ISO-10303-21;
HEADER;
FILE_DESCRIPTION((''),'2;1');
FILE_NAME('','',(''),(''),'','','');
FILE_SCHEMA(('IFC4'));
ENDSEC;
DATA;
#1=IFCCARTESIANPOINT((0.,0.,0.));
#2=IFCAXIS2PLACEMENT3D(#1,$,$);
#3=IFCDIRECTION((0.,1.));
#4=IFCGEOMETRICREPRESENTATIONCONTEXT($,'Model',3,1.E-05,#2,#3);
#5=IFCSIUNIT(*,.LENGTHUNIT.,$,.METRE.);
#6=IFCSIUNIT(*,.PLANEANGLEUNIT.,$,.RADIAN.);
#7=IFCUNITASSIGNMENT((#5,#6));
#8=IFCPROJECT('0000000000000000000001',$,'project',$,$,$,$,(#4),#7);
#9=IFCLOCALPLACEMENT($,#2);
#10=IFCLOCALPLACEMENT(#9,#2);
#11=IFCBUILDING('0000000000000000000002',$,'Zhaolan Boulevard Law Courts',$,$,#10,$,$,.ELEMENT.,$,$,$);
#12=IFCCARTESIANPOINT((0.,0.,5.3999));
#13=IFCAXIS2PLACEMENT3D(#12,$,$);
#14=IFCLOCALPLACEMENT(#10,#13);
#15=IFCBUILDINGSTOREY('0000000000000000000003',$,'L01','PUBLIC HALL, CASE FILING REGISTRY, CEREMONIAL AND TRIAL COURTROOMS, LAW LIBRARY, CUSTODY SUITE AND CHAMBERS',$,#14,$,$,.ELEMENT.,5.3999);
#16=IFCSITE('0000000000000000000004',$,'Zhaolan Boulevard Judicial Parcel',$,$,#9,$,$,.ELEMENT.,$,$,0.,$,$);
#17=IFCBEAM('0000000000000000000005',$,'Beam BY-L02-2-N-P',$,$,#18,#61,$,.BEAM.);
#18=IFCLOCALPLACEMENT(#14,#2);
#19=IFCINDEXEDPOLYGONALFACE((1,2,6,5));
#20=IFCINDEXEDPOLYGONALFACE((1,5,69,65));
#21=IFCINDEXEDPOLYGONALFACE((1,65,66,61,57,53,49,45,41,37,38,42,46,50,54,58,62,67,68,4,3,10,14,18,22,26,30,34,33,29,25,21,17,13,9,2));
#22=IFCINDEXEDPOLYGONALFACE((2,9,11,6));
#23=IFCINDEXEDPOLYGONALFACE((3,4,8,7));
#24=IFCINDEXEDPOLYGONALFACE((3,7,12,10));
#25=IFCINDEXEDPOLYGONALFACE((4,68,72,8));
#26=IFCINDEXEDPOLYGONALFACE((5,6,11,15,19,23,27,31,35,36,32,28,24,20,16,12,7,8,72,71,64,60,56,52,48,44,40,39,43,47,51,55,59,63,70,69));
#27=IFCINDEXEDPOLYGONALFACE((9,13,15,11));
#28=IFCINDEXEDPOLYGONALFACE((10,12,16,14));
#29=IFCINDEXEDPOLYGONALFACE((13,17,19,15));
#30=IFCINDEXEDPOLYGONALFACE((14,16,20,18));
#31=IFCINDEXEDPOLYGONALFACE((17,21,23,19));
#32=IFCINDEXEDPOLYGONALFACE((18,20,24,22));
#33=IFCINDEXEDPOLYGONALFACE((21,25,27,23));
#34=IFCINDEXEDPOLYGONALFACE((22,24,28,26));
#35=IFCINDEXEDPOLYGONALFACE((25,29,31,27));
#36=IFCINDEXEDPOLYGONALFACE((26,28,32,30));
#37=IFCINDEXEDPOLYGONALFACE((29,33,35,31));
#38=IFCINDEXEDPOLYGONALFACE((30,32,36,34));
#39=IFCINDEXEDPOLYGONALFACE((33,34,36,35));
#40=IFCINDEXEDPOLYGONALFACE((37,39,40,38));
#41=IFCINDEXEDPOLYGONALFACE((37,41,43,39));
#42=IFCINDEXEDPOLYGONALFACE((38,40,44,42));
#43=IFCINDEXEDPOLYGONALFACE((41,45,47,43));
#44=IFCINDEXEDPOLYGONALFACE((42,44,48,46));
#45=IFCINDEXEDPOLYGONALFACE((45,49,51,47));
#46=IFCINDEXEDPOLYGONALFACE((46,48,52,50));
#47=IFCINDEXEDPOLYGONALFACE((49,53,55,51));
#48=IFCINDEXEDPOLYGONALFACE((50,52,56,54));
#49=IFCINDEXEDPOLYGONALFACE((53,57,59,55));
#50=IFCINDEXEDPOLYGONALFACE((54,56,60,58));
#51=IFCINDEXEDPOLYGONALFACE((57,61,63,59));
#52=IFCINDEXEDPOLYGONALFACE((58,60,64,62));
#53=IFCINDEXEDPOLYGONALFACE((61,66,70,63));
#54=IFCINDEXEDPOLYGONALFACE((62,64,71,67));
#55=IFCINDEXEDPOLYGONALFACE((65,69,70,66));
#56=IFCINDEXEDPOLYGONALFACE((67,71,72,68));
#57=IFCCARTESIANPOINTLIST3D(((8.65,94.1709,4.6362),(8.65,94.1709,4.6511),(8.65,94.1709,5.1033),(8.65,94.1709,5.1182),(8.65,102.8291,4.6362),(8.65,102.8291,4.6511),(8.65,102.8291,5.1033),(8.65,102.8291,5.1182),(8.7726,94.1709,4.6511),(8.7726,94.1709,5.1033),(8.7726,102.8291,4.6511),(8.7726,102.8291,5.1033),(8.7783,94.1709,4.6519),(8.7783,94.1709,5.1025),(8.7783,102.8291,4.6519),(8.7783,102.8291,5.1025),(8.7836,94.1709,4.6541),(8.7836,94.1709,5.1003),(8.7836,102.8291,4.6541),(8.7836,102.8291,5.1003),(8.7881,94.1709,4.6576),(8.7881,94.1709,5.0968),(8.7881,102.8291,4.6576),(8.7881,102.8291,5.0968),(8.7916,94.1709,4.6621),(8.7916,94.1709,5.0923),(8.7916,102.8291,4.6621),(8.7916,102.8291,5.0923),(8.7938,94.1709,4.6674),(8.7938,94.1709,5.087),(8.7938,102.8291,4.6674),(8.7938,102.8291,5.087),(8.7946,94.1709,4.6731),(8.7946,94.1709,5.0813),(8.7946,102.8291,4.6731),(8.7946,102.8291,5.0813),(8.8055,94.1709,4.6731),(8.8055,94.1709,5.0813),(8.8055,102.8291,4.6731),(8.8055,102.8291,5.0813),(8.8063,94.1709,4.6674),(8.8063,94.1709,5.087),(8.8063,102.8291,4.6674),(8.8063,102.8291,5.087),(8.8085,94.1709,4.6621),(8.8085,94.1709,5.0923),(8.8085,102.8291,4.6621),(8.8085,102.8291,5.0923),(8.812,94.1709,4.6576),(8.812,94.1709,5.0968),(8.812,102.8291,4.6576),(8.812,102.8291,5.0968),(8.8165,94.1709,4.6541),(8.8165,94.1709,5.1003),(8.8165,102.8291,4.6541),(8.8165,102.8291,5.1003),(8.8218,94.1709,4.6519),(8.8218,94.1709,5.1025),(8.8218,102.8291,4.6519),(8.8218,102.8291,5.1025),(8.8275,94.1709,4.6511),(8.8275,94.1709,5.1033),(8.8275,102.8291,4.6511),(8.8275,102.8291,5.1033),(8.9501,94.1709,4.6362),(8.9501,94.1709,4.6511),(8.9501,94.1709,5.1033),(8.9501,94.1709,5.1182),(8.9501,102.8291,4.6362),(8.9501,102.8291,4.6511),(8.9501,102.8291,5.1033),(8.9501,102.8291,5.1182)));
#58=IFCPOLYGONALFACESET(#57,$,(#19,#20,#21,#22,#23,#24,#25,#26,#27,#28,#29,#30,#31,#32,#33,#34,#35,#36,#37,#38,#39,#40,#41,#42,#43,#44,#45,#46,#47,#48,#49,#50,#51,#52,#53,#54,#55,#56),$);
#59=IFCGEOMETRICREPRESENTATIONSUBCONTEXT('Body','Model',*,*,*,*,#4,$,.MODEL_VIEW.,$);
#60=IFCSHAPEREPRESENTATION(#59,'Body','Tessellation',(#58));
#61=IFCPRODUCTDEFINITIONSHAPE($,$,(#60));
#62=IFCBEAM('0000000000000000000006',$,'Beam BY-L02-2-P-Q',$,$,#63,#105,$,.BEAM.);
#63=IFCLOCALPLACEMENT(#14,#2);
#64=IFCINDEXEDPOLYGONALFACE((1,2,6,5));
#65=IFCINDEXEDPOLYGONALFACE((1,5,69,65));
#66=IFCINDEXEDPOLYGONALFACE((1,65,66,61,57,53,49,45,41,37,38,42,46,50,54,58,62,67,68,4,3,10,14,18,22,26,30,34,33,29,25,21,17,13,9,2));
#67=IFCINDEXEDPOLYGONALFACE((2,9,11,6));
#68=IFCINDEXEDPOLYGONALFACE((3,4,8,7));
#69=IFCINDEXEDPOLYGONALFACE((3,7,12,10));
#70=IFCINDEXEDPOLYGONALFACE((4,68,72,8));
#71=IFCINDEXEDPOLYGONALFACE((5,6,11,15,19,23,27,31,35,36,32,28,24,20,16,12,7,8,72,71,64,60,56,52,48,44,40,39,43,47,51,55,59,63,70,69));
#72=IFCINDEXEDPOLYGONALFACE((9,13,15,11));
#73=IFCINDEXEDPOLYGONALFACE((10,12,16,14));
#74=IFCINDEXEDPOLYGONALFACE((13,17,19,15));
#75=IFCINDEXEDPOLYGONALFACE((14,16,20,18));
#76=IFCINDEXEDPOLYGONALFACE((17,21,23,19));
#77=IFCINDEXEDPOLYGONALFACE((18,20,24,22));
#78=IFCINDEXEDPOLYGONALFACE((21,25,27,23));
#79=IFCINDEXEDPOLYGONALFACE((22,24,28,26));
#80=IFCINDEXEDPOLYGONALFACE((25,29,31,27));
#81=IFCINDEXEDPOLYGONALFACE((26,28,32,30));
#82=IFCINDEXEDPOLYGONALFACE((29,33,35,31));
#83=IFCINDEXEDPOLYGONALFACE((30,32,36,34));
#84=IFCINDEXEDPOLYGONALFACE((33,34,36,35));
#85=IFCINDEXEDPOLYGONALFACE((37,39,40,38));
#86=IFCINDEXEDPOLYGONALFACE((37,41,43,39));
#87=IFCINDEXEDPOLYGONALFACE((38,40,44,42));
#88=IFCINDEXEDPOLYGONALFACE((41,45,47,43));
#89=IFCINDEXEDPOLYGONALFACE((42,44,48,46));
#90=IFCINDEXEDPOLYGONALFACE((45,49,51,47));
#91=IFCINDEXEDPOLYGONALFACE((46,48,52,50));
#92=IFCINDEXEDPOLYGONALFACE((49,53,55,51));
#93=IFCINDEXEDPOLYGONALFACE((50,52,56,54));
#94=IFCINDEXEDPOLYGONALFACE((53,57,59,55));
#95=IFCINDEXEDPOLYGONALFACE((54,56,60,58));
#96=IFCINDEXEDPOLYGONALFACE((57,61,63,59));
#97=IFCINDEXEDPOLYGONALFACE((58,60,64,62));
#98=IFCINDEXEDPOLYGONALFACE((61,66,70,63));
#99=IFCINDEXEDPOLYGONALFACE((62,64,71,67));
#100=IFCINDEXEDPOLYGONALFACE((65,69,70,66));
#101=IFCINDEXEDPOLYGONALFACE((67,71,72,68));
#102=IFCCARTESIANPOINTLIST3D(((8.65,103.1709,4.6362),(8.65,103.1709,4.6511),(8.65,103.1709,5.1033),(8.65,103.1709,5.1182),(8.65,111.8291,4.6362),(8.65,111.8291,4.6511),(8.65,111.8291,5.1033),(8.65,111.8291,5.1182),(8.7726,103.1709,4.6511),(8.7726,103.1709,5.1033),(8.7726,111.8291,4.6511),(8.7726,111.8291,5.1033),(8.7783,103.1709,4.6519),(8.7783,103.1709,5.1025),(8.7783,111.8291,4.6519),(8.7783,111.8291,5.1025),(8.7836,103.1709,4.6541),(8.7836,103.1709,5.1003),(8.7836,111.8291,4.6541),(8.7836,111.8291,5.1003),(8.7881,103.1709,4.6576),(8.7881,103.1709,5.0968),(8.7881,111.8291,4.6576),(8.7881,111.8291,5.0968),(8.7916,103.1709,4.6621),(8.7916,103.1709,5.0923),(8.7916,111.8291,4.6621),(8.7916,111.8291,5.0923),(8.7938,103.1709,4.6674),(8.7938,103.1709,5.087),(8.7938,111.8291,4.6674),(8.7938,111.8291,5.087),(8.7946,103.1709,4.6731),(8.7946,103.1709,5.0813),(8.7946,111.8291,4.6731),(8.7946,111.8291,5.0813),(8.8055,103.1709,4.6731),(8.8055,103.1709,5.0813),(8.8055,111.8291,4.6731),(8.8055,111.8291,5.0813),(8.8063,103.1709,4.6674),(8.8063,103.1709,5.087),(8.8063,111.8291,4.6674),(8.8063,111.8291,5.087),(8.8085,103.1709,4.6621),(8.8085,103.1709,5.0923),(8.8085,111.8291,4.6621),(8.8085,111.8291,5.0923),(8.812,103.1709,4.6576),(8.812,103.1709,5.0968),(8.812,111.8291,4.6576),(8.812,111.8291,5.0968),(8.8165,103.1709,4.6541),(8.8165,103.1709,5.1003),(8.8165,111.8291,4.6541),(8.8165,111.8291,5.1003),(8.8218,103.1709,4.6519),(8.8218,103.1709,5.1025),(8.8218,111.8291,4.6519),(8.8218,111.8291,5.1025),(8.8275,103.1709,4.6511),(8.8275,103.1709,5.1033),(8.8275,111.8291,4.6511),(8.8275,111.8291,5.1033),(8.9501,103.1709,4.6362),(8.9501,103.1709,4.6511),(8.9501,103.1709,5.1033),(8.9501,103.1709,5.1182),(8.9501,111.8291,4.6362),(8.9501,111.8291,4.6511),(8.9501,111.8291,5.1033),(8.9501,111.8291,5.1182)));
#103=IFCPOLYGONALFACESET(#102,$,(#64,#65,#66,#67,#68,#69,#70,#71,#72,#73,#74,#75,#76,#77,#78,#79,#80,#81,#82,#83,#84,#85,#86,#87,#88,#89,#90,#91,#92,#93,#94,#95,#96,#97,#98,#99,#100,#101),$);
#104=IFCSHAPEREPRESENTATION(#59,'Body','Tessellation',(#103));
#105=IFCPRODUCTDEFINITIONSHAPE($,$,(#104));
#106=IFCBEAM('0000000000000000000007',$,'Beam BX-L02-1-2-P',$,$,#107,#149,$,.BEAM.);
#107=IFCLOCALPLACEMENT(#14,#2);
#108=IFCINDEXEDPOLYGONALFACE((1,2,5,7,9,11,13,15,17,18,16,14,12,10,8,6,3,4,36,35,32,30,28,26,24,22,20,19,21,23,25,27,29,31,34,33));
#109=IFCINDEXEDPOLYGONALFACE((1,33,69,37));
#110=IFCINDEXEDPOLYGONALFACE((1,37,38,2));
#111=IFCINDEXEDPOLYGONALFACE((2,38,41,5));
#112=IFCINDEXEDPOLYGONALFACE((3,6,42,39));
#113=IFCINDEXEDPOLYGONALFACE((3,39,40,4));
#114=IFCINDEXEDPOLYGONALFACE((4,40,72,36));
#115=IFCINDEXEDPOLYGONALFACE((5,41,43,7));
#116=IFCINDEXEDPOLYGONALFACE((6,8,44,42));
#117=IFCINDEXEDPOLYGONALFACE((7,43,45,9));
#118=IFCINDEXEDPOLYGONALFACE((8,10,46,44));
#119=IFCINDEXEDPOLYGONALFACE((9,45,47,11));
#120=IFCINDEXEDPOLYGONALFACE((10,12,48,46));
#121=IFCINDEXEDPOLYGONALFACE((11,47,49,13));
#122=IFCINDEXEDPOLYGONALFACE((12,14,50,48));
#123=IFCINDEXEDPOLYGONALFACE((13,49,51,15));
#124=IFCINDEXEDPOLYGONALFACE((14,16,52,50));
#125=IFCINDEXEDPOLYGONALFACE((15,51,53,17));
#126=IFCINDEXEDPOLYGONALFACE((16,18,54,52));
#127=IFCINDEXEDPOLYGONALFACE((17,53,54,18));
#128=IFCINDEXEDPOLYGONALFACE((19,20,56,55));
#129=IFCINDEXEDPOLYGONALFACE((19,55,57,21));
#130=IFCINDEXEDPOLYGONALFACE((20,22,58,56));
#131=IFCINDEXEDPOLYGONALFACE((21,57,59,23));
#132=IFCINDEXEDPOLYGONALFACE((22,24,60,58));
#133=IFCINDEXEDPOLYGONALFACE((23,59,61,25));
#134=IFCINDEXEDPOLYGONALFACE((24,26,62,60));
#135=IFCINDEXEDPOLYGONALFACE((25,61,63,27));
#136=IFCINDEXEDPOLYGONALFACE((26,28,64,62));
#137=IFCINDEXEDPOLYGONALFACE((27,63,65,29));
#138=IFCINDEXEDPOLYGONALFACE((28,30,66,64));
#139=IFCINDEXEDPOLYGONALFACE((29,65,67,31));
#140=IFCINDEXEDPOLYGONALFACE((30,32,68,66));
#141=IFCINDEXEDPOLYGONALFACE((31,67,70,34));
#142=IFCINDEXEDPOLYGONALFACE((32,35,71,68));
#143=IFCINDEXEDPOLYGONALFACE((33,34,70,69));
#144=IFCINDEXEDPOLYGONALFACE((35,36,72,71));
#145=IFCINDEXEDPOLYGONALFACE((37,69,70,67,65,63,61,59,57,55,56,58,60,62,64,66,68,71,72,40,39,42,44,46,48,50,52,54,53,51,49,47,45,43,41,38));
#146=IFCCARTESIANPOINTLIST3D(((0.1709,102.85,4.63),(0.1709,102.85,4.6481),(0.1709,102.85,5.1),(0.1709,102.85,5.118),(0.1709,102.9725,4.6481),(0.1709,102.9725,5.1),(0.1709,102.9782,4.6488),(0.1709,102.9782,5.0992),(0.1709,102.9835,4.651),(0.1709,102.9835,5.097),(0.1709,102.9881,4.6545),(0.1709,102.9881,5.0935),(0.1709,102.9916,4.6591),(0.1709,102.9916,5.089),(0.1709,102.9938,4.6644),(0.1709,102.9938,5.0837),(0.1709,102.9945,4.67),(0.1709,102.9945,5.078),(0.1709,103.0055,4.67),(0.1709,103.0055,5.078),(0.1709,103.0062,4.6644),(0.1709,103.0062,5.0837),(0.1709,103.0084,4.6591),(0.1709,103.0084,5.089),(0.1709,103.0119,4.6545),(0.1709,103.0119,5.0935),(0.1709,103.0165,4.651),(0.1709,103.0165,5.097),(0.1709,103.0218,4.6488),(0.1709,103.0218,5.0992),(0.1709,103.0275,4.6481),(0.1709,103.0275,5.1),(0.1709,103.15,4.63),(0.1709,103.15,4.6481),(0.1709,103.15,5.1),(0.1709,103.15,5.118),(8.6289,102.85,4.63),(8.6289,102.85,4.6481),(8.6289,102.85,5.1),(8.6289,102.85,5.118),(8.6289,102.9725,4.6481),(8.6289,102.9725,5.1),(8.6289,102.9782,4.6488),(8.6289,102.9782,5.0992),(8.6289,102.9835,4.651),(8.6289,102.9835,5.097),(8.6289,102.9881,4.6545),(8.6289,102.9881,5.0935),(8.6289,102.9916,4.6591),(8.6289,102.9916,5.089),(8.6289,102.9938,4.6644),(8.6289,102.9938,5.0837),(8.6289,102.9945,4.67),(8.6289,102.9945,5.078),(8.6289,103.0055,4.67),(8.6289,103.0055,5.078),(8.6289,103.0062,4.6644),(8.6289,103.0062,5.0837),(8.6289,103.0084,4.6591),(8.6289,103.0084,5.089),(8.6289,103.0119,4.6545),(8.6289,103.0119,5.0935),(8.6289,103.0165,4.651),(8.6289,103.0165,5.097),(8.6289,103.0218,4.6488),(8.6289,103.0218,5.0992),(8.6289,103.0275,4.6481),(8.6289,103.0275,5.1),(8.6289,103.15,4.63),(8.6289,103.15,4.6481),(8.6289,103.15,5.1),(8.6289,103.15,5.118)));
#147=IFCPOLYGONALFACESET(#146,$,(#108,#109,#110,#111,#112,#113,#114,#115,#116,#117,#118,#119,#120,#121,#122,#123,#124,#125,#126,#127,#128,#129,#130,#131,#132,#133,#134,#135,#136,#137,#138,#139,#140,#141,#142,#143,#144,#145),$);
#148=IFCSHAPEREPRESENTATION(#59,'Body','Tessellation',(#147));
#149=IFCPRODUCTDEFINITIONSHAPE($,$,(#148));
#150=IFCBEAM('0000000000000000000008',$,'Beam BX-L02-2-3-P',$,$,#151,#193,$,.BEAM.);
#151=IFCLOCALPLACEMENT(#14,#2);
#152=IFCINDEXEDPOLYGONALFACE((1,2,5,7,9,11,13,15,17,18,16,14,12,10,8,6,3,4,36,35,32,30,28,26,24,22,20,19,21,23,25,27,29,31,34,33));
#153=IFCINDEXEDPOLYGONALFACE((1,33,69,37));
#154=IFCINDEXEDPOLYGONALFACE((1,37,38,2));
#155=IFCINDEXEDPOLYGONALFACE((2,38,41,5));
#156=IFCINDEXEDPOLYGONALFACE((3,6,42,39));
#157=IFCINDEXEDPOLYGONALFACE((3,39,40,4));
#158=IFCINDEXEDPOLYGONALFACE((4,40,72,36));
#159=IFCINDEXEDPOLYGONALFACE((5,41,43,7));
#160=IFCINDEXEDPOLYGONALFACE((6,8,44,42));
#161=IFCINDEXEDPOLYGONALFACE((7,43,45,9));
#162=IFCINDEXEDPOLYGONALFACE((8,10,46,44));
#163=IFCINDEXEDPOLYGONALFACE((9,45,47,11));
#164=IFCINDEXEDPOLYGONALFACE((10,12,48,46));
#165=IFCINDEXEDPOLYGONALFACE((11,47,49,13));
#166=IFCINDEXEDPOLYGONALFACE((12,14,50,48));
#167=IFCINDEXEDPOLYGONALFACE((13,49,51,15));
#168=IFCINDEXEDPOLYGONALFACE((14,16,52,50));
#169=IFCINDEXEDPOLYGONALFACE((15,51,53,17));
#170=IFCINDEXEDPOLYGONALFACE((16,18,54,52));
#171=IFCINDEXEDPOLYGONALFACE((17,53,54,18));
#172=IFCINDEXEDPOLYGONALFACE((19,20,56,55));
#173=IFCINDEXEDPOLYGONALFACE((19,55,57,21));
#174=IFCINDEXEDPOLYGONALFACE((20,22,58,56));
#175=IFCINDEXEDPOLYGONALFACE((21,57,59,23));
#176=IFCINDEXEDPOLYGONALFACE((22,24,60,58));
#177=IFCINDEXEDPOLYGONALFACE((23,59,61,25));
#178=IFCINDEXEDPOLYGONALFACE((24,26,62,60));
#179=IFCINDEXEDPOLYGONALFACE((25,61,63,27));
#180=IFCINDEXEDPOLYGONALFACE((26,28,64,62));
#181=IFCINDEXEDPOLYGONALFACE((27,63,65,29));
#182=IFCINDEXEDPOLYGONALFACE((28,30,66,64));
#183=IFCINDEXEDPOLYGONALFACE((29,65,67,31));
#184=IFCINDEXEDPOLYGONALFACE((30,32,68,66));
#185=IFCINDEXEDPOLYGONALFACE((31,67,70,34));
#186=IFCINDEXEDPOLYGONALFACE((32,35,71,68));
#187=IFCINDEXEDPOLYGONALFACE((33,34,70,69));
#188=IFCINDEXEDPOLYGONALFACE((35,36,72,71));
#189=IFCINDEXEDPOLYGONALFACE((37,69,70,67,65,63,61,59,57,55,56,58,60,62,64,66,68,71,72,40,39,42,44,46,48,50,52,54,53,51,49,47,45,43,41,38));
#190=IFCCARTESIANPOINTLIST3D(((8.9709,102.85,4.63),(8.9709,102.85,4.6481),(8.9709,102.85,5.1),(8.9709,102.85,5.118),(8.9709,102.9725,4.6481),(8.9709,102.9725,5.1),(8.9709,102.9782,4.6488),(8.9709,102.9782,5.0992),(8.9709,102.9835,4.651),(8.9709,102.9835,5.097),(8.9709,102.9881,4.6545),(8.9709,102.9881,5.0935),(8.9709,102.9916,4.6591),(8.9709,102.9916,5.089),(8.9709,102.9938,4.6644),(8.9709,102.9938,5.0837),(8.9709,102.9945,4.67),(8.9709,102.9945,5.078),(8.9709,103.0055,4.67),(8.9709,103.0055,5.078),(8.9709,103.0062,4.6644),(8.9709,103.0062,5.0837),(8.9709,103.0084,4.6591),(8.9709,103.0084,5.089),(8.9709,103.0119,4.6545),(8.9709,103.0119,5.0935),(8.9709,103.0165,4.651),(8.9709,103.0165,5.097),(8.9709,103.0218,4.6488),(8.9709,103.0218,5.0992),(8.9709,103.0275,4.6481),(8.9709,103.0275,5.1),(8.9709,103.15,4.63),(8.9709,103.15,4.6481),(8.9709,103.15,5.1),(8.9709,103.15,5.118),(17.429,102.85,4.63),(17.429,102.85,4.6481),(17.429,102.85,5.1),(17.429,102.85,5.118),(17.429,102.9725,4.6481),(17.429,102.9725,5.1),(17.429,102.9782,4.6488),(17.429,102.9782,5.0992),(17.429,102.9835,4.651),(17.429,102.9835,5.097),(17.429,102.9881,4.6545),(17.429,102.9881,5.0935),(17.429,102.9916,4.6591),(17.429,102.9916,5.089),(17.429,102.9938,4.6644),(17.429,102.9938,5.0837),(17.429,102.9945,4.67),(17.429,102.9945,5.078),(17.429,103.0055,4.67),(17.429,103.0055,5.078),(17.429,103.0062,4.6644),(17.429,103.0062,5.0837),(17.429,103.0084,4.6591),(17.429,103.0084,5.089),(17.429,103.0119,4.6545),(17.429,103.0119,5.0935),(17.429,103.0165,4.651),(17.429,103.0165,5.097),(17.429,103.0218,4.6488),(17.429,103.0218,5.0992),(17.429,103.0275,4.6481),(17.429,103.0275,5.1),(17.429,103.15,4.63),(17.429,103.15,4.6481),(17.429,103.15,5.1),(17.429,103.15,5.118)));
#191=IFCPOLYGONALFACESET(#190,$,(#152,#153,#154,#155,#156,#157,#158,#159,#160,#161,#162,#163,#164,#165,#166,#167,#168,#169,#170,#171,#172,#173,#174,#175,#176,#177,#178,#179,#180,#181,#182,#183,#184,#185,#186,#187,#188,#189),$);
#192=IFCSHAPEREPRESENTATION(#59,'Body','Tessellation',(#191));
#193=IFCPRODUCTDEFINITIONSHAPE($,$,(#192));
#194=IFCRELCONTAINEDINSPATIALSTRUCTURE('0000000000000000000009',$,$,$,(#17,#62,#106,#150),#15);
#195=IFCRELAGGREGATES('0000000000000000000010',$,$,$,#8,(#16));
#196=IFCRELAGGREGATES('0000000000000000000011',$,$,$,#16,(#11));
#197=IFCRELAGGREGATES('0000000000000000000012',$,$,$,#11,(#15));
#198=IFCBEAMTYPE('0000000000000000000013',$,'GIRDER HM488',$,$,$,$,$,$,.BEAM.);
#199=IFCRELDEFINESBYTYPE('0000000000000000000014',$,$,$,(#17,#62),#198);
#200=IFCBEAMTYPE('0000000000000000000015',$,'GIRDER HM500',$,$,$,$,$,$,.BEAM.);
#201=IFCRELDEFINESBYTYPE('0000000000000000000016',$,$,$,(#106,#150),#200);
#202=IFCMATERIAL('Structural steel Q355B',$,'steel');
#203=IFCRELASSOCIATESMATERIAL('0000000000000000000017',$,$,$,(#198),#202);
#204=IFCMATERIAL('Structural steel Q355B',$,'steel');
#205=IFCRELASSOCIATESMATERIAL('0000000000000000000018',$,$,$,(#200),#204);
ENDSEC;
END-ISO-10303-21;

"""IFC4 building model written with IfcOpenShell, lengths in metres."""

from ifc_helpers import new_model, si_unit, direction, frame, origin, origin_2d, place, context, subcontext, project, spatial, i_section, extrude, material, material_profile, profile_set, type_object, element, save


model = new_model("IFC4")

# Units and contexts
model_context = context("Model", 3, precision=1e-05, world=origin(), true_north=direction((0.0, 1.0)))
body_context = subcontext(model_context, "Body", "Model", "MODEL_VIEW")
ifc_project = project(units=[si_unit("LENGTHUNIT", "METRE"), si_unit("PLANEANGLEUNIT", "RADIAN")], contexts=[model_context])

# Site, building, storey
site_placement = place(None, origin())
site = spatial("IfcSite", under=ifc_project, at=site_placement, Name="Zhaolan Boulevard Judicial Parcel", CompositionType="ELEMENT", RefElevation=0.0)
building_placement = place(site_placement, origin())
building = spatial("IfcBuilding", under=site, at=building_placement, Name="Zhaolan Boulevard Law Courts", CompositionType="ELEMENT")
storey_placement = place(building_placement, frame((0.0, 0.0, 5.3999)))
storey = spatial("IfcBuildingStorey", under=building, at=storey_placement, Name="L01", Description="PUBLIC HALL, CASE FILING REGISTRY, CEREMONIAL AND TRIAL COURTROOMS, LAW LIBRARY, CUSTODY SUITE AND CHAMBERS", CompositionType="ELEMENT", Elevation=5.3999)

# Beams
ifc_material_1 = material(Name="Structural steel Q355B", Category="steel")
ifc_material_profile_1 = material_profile(ifc_material_1, i_section(OverallWidth=0.3, OverallDepth=0.4819, WebThickness=0.011, FlangeThickness=0.0149, FilletRadius=0.022, at=origin_2d()), Name="HM482x300")
ifc_profile_set_1 = profile_set([ifc_material_profile_1], Name="Structural steel Q355B")
beam_type_1 = type_object("IfcBeamType", Name="GIRDER HM488", PredefinedType="BEAM", material=ifc_profile_set_1)
for number, where, z_axis, x_axis, name in (
    (1, (8.8, 94.1709, 4.8772), (0.0, 1.0, 0.0), (-1.0, 0.0, 0.0), "Beam BY-L02-2-N-P"),
    (2, (8.8, 103.1709, 4.8772), (0.0, 1.0, 0.0), (-1.0, 0.0, 0.0), "Beam BY-L02-2-P-Q"),
):
    element("IfcBeam", number, at=place(storey_placement, frame(where, z_axis=z_axis, x_axis=x_axis)), inside=storey, type_object=beam_type_1, Name=name, PredefinedType="BEAM", context=body_context, shape_type="SweptSolid", body=[
        extrude(i_section(OverallWidth=0.3, OverallDepth=0.4819, WebThickness=0.011, FlangeThickness=0.0149, FilletRadius=0.022, at=origin_2d()), origin(), (0.0, 0.0, 1.0), 8.6582),
    ])
ifc_material_2 = material(Name="Structural steel Q355B", Category="steel")
ifc_material_profile_2 = material_profile(ifc_material_2, i_section(OverallWidth=0.3, OverallDepth=0.488, WebThickness=0.011, FlangeThickness=0.0181, FilletRadius=0.022, at=origin_2d()), Name="HM488x300")
ifc_profile_set_2 = profile_set([ifc_material_profile_2], Name="Structural steel Q355B")
beam_type_2 = type_object("IfcBeamType", Name="GIRDER HM500", PredefinedType="BEAM", material=ifc_profile_set_2)
for number, where, z_axis, x_axis, name in (
    (3, (0.1709, 103.0, 4.874), (1.0, 0.0, 0.0), (0.0, 1.0, 0.0), "Beam BX-L02-1-2-P"),
    (4, (8.9709, 103.0, 4.874), (1.0, 0.0, 0.0), (0.0, 1.0, 0.0), "Beam BX-L02-2-3-P"),
):
    element("IfcBeam", number, at=place(storey_placement, frame(where, z_axis=z_axis, x_axis=x_axis)), inside=storey, type_object=beam_type_2, Name=name, PredefinedType="BEAM", context=body_context, shape_type="SweptSolid", body=[
        extrude(i_section(OverallWidth=0.3, OverallDepth=0.488, WebThickness=0.011, FlangeThickness=0.0181, FilletRadius=0.022, at=origin_2d()), origin(), (0.0, 0.0, 1.0), 8.458),
    ])

save(model, "model.ifc")
